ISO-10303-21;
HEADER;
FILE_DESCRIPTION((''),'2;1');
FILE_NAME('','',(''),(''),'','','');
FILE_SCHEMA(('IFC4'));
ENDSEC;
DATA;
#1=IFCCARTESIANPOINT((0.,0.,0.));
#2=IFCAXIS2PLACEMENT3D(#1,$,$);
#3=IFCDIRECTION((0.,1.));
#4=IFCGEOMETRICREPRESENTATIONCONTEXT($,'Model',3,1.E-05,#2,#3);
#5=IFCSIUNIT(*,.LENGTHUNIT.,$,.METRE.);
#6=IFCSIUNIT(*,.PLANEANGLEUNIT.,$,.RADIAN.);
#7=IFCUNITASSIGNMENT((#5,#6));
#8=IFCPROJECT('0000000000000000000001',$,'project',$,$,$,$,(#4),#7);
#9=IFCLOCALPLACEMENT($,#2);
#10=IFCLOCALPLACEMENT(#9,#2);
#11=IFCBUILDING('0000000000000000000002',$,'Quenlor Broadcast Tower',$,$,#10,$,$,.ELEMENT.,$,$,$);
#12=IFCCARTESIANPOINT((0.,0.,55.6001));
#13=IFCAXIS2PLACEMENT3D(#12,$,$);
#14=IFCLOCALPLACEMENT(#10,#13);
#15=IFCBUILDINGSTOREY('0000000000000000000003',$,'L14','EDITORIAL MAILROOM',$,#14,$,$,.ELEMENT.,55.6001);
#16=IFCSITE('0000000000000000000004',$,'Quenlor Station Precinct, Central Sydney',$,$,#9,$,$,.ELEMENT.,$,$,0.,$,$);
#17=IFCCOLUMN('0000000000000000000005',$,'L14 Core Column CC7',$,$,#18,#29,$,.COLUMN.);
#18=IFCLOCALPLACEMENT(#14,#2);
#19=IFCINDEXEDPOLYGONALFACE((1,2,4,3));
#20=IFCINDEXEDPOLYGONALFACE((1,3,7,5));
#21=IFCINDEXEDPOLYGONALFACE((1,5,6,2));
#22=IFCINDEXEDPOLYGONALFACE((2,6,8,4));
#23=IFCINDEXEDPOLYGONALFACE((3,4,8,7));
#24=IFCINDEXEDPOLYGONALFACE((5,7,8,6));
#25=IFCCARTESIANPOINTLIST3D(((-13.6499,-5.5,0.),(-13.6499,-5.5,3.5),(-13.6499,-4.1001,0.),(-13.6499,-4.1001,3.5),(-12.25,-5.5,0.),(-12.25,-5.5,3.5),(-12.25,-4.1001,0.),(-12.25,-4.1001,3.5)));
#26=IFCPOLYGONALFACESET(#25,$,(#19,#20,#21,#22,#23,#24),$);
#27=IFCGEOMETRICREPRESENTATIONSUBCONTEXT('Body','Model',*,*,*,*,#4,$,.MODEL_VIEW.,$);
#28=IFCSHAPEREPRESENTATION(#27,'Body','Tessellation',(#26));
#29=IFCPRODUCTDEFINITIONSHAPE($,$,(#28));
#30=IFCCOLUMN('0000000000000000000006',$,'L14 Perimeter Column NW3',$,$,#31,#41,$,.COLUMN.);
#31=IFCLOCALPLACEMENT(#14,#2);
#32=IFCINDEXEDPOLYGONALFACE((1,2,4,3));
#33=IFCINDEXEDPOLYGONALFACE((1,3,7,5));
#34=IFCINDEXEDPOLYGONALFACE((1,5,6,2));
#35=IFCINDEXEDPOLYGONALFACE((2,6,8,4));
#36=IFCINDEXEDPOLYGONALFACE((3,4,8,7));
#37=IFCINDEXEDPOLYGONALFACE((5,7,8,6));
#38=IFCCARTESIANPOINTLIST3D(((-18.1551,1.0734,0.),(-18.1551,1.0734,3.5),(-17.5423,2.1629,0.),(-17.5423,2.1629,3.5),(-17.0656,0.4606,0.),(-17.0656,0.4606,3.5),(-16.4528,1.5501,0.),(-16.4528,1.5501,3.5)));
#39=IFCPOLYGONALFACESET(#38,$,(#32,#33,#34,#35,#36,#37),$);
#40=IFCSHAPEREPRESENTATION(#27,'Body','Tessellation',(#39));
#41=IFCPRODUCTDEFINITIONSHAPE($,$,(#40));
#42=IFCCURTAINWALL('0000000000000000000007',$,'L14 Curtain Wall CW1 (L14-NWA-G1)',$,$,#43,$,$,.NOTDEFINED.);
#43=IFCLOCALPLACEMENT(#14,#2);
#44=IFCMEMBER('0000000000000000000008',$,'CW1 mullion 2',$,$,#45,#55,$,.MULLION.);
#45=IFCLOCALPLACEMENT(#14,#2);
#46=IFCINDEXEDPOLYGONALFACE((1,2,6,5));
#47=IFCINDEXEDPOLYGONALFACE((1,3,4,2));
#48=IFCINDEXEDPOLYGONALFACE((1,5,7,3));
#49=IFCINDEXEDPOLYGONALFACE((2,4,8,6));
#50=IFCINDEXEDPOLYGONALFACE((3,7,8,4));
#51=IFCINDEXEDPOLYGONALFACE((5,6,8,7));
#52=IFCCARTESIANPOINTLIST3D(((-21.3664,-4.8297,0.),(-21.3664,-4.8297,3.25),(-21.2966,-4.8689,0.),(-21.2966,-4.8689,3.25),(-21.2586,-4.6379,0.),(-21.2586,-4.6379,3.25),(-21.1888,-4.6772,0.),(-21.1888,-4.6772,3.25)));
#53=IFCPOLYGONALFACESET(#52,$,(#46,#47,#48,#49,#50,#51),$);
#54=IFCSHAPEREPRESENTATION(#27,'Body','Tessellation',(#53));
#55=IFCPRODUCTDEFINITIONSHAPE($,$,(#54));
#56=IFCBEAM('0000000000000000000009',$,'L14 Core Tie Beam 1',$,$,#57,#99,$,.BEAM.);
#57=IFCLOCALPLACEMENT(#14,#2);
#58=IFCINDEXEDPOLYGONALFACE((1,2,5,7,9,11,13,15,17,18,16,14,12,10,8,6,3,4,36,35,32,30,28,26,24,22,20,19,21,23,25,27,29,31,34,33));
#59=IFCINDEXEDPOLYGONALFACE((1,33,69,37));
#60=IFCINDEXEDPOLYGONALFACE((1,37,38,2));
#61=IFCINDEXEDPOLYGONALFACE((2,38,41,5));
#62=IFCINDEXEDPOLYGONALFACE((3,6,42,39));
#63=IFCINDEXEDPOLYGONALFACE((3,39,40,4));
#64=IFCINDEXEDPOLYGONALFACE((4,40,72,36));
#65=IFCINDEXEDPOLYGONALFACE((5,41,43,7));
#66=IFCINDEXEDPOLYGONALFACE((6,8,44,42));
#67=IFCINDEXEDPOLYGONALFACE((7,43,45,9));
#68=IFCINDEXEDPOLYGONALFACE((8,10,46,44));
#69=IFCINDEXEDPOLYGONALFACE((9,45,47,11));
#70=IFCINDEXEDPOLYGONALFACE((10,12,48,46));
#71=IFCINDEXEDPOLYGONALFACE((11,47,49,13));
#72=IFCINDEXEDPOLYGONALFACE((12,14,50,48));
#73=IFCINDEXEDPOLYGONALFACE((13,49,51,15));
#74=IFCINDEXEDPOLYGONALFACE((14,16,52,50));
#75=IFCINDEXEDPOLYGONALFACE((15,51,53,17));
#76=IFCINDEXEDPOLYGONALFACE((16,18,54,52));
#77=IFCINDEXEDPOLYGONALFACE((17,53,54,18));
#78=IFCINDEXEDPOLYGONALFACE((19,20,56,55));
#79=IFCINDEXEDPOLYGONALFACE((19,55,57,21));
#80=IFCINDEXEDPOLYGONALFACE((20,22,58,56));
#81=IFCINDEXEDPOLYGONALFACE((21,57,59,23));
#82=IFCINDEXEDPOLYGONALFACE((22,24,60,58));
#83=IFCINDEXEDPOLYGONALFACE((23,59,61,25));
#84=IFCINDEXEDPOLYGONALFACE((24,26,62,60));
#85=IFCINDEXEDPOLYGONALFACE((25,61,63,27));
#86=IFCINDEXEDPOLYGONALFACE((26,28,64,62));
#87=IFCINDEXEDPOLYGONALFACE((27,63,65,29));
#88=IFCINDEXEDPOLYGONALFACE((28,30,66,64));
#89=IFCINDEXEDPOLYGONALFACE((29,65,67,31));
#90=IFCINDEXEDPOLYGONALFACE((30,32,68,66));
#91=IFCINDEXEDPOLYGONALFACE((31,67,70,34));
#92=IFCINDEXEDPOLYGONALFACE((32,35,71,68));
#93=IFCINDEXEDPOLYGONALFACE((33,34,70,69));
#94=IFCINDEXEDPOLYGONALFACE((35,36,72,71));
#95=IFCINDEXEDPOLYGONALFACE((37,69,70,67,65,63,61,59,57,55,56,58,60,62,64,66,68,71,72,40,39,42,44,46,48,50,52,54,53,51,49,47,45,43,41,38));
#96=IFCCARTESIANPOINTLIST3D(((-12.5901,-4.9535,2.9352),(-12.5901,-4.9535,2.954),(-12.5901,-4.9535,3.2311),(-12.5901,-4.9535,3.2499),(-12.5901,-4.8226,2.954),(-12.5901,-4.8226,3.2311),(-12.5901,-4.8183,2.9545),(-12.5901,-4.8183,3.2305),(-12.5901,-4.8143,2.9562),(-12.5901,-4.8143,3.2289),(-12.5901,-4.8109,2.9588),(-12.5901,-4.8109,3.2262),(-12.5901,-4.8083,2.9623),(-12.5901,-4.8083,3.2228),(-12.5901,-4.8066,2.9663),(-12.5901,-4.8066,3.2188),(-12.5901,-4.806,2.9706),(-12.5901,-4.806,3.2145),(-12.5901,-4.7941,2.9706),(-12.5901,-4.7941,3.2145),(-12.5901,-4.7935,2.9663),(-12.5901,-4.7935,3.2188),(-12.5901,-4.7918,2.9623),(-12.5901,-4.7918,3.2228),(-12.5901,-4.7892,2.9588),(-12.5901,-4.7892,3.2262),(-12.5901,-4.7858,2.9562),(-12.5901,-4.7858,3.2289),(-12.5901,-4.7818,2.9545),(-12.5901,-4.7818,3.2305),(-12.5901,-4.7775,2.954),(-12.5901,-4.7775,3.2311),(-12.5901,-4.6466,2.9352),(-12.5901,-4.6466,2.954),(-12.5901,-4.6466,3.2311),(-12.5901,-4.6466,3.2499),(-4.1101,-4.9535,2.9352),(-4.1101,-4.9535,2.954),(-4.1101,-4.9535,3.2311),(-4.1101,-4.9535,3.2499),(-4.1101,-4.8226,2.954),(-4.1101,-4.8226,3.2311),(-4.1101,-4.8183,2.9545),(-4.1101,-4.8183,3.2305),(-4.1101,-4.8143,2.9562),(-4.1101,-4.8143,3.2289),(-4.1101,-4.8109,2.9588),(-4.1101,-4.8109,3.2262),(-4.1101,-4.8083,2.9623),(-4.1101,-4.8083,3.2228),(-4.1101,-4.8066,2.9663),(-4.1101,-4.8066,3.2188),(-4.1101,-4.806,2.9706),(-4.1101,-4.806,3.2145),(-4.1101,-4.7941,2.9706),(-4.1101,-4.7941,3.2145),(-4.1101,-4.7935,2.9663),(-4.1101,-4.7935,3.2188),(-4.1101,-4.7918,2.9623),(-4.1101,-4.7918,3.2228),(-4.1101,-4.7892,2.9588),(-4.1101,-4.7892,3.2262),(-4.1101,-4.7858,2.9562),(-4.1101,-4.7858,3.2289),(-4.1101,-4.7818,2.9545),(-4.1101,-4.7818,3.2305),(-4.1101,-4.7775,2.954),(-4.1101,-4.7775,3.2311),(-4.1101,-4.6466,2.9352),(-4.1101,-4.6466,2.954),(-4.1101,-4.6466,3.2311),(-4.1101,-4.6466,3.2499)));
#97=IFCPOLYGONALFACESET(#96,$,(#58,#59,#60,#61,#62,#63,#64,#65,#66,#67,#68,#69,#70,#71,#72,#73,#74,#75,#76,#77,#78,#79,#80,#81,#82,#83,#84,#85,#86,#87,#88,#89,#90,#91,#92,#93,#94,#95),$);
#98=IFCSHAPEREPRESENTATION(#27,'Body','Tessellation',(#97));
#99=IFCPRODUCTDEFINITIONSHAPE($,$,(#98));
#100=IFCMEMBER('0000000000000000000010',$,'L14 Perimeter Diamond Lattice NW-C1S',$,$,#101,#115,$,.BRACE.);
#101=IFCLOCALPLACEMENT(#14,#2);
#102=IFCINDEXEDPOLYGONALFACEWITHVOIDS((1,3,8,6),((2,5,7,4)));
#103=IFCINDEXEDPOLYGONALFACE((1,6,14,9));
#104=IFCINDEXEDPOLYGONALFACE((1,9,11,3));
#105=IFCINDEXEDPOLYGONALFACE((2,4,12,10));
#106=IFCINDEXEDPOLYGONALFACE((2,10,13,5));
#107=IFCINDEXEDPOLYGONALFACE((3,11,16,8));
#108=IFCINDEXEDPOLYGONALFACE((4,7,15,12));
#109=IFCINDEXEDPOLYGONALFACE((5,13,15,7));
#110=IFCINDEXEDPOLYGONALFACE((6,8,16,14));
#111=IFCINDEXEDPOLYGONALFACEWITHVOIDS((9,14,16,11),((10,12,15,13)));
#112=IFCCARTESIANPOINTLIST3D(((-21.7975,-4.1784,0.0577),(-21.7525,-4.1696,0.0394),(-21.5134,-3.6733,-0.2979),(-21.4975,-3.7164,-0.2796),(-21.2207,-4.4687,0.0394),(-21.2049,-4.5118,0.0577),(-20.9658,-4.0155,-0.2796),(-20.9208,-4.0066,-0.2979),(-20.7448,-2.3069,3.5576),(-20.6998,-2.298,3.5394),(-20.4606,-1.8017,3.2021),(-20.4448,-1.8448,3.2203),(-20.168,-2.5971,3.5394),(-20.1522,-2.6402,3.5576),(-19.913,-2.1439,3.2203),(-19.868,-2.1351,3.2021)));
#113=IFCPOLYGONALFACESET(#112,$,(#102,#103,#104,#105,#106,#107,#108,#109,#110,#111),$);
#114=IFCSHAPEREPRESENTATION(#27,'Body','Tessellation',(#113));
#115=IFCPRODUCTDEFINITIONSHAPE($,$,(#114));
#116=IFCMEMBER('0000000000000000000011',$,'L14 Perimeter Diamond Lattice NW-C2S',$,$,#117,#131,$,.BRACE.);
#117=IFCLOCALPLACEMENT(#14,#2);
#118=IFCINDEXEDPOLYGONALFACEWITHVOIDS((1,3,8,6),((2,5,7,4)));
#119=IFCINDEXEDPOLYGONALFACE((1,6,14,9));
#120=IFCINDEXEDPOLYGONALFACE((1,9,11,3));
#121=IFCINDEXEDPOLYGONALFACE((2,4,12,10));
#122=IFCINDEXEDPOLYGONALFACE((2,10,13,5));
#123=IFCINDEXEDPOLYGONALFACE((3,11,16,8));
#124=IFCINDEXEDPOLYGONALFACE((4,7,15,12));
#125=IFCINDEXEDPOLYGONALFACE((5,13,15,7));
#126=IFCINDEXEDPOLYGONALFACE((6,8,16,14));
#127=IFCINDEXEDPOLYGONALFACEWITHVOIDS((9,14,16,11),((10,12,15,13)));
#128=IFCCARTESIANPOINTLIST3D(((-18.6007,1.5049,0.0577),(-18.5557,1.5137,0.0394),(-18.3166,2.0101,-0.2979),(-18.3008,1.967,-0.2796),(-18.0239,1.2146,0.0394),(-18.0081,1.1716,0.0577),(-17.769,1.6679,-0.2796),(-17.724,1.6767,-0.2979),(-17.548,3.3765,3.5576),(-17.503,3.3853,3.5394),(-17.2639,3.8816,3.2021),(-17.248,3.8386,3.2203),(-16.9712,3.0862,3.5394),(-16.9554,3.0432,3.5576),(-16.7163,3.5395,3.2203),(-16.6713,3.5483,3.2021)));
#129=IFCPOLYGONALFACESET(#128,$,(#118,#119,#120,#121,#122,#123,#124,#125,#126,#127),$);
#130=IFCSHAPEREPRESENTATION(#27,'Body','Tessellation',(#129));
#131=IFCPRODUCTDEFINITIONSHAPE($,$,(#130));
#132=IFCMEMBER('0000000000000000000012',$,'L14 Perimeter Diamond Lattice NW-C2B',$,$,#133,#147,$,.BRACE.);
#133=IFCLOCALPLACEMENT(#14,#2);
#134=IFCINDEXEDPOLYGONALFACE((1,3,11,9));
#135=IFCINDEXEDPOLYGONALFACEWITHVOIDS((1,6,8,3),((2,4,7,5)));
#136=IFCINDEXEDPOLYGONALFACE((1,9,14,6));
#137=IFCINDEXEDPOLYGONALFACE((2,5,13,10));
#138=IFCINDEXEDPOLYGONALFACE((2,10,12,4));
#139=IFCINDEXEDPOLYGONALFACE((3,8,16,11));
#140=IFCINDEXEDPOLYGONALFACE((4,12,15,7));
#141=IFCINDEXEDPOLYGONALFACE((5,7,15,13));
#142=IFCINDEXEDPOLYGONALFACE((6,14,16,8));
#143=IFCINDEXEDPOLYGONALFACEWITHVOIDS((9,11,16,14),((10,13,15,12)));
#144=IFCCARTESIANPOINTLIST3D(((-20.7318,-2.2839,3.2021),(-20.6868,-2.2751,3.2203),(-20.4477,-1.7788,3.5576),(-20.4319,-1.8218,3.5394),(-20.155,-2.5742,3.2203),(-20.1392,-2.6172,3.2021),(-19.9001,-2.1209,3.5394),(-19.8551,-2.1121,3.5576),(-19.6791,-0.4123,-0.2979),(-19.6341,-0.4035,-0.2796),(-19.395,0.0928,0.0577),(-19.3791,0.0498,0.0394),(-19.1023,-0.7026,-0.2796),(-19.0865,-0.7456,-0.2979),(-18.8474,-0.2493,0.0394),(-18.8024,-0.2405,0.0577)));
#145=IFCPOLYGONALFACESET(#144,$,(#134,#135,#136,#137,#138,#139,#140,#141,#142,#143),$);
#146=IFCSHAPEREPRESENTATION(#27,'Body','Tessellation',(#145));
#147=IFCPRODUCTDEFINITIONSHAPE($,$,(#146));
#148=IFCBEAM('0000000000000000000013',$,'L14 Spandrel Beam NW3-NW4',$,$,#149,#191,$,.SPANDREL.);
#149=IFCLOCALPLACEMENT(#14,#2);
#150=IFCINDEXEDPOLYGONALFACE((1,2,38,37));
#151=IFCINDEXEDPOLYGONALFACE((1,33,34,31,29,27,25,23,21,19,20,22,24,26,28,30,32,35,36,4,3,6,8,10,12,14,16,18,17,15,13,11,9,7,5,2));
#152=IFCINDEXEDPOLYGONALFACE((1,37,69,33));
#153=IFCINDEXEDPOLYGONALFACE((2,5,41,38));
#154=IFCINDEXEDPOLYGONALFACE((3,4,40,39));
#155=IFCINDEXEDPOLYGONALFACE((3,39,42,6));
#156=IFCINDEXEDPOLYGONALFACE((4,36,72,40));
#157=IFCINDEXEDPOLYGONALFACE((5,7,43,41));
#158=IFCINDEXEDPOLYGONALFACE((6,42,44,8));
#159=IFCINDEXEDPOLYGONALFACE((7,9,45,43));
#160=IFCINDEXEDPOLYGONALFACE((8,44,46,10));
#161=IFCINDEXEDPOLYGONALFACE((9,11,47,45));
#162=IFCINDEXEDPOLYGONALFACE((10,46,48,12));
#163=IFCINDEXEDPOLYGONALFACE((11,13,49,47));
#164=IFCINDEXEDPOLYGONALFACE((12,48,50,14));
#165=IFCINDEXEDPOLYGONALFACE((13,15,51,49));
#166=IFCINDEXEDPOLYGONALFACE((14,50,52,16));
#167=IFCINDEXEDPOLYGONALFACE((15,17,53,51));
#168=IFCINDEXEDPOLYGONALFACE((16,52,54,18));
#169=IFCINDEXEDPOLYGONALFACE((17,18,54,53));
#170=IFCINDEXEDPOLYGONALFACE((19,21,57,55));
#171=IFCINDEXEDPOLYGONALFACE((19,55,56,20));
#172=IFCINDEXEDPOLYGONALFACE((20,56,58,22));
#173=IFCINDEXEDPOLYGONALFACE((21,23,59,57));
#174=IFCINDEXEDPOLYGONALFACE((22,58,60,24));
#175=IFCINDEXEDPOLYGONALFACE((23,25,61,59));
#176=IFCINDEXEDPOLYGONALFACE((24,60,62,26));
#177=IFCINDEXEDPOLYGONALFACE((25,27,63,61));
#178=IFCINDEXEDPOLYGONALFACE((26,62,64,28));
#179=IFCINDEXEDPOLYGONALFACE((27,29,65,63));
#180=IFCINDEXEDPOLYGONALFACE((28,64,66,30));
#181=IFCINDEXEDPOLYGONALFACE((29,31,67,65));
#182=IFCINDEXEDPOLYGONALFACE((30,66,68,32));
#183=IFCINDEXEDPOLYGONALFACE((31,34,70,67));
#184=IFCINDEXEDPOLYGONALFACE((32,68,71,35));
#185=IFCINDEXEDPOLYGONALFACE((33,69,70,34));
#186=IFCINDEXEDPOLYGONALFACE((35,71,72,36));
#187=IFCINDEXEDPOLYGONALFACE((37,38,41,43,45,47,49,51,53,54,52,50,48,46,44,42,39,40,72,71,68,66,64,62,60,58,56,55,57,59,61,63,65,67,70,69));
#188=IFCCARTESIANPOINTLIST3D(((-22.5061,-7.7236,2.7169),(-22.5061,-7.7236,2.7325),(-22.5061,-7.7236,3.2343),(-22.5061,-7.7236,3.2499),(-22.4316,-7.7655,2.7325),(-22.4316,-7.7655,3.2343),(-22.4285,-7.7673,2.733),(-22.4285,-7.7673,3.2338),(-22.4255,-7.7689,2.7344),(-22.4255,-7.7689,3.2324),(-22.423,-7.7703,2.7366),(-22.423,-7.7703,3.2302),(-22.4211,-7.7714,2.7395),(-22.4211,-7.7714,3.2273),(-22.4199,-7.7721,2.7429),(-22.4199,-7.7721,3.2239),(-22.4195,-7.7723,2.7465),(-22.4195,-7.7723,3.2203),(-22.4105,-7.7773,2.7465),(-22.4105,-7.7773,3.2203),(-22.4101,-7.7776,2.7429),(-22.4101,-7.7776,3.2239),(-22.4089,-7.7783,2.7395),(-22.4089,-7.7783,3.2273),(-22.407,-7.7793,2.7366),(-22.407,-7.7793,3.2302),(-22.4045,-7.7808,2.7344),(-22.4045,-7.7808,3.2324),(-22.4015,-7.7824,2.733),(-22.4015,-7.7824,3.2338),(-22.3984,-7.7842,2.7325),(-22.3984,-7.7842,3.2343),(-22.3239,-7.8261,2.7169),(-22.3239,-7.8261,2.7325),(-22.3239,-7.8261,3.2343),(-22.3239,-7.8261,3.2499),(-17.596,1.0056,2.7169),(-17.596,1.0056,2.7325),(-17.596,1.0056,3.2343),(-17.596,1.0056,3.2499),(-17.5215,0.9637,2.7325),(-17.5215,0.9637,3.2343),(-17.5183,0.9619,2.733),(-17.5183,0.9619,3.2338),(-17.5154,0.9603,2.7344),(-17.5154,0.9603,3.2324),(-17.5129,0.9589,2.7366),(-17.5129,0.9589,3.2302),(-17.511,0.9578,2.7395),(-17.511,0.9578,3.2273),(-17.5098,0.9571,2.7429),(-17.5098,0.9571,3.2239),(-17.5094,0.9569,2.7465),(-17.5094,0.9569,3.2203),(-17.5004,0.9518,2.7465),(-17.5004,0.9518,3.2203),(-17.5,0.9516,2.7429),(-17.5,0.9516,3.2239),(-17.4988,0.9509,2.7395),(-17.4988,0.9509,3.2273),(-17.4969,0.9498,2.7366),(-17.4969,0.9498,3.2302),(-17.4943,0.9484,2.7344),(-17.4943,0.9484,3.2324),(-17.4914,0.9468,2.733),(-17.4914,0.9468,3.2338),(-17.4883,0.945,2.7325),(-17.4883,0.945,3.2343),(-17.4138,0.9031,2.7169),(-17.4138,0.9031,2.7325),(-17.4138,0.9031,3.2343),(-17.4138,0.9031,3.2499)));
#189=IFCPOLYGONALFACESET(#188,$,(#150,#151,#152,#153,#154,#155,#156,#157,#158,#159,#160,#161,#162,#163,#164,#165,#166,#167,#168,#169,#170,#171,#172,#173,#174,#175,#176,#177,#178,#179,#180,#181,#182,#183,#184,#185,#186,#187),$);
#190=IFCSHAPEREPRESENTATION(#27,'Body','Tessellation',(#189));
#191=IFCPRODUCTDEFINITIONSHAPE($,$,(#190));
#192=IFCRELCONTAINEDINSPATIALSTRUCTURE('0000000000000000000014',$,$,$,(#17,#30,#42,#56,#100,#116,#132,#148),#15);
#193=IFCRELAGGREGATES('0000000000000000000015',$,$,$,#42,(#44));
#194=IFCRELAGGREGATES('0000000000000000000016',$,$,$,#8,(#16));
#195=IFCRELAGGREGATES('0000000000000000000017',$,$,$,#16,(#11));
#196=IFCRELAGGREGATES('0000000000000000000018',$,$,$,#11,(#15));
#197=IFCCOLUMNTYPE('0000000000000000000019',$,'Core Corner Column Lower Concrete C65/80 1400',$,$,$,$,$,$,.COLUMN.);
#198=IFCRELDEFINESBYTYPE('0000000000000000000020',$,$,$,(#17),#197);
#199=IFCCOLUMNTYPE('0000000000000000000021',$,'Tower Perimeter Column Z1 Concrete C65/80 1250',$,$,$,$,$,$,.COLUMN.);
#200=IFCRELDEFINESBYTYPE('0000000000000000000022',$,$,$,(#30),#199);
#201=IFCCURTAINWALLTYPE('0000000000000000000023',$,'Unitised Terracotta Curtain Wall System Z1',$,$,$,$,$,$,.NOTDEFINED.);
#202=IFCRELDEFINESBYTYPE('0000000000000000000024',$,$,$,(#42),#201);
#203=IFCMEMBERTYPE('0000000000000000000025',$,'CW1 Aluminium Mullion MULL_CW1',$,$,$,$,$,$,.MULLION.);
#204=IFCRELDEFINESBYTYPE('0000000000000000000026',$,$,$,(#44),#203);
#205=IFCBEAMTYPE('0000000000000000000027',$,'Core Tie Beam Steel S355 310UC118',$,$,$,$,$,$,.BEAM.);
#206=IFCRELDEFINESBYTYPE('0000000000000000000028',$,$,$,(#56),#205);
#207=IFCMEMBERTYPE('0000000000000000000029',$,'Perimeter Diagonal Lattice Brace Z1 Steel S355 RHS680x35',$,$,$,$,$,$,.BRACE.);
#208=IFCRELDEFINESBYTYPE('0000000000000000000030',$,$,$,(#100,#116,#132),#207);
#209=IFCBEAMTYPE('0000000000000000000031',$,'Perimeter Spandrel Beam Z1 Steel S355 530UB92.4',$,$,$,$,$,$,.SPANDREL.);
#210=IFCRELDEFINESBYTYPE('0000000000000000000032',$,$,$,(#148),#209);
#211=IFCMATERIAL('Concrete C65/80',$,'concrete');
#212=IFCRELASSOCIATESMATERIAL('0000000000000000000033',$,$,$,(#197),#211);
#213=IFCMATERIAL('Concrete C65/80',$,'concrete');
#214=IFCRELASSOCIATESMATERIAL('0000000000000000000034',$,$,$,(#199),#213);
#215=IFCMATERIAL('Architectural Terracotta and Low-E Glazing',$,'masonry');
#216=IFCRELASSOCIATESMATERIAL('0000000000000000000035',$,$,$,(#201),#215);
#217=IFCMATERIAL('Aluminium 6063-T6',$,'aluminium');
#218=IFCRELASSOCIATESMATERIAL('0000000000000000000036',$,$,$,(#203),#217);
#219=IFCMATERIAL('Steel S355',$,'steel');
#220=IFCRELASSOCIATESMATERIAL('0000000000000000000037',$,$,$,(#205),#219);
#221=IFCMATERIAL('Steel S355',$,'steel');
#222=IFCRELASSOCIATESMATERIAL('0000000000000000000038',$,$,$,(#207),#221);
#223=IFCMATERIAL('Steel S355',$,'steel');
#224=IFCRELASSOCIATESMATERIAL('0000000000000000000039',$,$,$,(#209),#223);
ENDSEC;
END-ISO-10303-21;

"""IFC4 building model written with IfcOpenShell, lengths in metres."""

from ifc_helpers import new_model, si_unit, direction, frame, origin, origin_2d, place, context, subcontext, project, spatial, rectangle, hollow_rectangle, i_section, extrude, material, material_profile, profile_set, type_object, element, aggregate, save


model = new_model("IFC4")

# Units and contexts
model_context = context("Model", 3, precision=1e-05, world=origin(), true_north=direction((0.0, 1.0)))
body_context = subcontext(model_context, "Body", "Model", "MODEL_VIEW")
ifc_project = project(units=[si_unit("LENGTHUNIT", "METRE"), si_unit("PLANEANGLEUNIT", "RADIAN")], contexts=[model_context])

# Site, building, storey
site_placement = place(None, origin())
site = spatial("IfcSite", under=ifc_project, at=site_placement, Name="Quenlor Station Precinct, Central Sydney", CompositionType="ELEMENT", RefElevation=0.0)
building_placement = place(site_placement, origin())
building = spatial("IfcBuilding", under=site, at=building_placement, Name="Quenlor Broadcast Tower", CompositionType="ELEMENT")
storey_placement = place(building_placement, frame((0.0, 0.0, 55.6001)))
storey = spatial("IfcBuildingStorey", under=building, at=storey_placement, Name="L14", Description="EDITORIAL MAILROOM", CompositionType="ELEMENT", Elevation=55.6001)

# Columns
ifc_material_1 = material(Name="Concrete C65/80", Category="concrete")
ifc_material_profile_1 = material_profile(ifc_material_1, rectangle(XDim=1.3999, YDim=1.3999, at=origin_2d()))
ifc_profile_set_1 = profile_set([ifc_material_profile_1], Name="Concrete C65/80 RC1400x1400")
column_type_1 = type_object("IfcColumnType", Name="Core Corner Column Lower Concrete C65/80 1400", PredefinedType="COLUMN", material=ifc_profile_set_1)
column_1_placement = place(storey_placement, frame((-12.95, -4.8, 0.0), z_axis=(0.0, 0.0, 1.0), x_axis=(1.0, 0.0, 0.0)))
element("IfcColumn", 1, at=column_1_placement, inside=storey, type_object=column_type_1, Name="L14 Core Column CC7", PredefinedType="COLUMN", context=body_context, shape_type="SweptSolid", body=[
    extrude(rectangle(XDim=1.3999, YDim=1.3999, at=origin_2d()), origin(), (0.0, 0.0, 1.0), 3.5),
])
ifc_material_2 = material(Name="Concrete C65/80", Category="concrete")
ifc_material_profile_2 = material_profile(ifc_material_2, rectangle(XDim=1.25, YDim=1.25, at=origin_2d()))
ifc_profile_set_2 = profile_set([ifc_material_profile_2], Name="Concrete C65/80 RC1250x1250")
column_type_2 = type_object("IfcColumnType", Name="Tower Perimeter Column Z1 Concrete C65/80 1250", PredefinedType="COLUMN", material=ifc_profile_set_2)
column_2_placement = place(storey_placement, frame((-17.304, 1.3118, 0.0), z_axis=(0.0, 0.0, 1.0), x_axis=(-0.871575, 0.490262, 0.0)))
element("IfcColumn", 2, at=column_2_placement, inside=storey, type_object=column_type_2, Name="L14 Perimeter Column NW3", PredefinedType="COLUMN", context=body_context, shape_type="SweptSolid", body=[
    extrude(rectangle(XDim=1.25, YDim=1.25, at=origin_2d()), origin(), (0.0, 0.0, 1.0), 3.5),
])

# Curtain wall, member
ifc_material_3 = material(Name="Architectural Terracotta and Low-E Glazing", Category="masonry")
curtain_wall_type = type_object("IfcCurtainWallType", Name="Unitised Terracotta Curtain Wall System Z1", PredefinedType="NOTDEFINED", material=ifc_material_3)
curtain_wall_placement = place(storey_placement, origin())
curtain_wall = element("IfcCurtainWall", 3, at=curtain_wall_placement, inside=storey, type_object=curtain_wall_type, Name="L14 Curtain Wall CW1 (L14-NWA-G1)", PredefinedType="NOTDEFINED")
ifc_material_4 = material(Name="Aluminium 6063-T6", Category="aluminium")
ifc_material_profile_3 = material_profile(ifc_material_4, rectangle(XDim=0.0801, YDim=0.22, at=origin_2d()))
ifc_profile_set_3 = profile_set([ifc_material_profile_3], Name="Aluminium 6063-T6 MULL80x220")
member_type_1 = type_object("IfcMemberType", Name="CW1 Aluminium Mullion MULL_CW1", PredefinedType="MULLION", material=ifc_profile_set_3)
member_placement = place(storey_placement, frame((-21.2776, -4.7534, 0.0), z_axis=(0.0, 0.0, 1.0), x_axis=(-0.871602, 0.490214, 0.0)))
member = element("IfcMember", 4, at=member_placement, type_object=member_type_1, Name="CW1 mullion 2", PredefinedType="MULLION", context=body_context, shape_type="SweptSolid", body=[
    extrude(rectangle(XDim=0.0801, YDim=0.22, at=origin_2d()), origin(), (0.0, 0.0, 1.0), 3.25),
])
aggregate(curtain_wall, [member])

# Beam
ifc_material_5 = material(Name="Steel S355", Category="steel")
ifc_material_profile_4 = material_profile(ifc_material_5, i_section(OverallWidth=0.3069, OverallDepth=0.3147, WebThickness=0.012, FlangeThickness=0.0188, FilletRadius=0.0166, at=origin_2d()))
ifc_profile_set_4 = profile_set([ifc_material_profile_4], Name="Steel S355 310UC118")
beam_type_1 = type_object("IfcBeamType", Name="Core Tie Beam Steel S355 310UC118", PredefinedType="BEAM", material=ifc_profile_set_4)
beam_1_placement = place(storey_placement, frame((-12.5901, -4.8, 3.0925), z_axis=(1.0, 0.0, 0.0), x_axis=(0.0, 1.0, 0.0)))
element("IfcBeam", 5, at=beam_1_placement, inside=storey, type_object=beam_type_1, Name="L14 Core Tie Beam 1", PredefinedType="BEAM", context=body_context, shape_type="SweptSolid", body=[
    extrude(i_section(OverallWidth=0.3069, OverallDepth=0.3147, WebThickness=0.012, FlangeThickness=0.0188, FilletRadius=0.0166, at=origin_2d()), origin(), (0.0, 0.0, 1.0), 8.48),
])

# Members
ifc_material_6 = material(Name="Steel S355", Category="steel")
ifc_material_profile_5 = material_profile(ifc_material_6, hollow_rectangle(XDim=0.6799, YDim=0.6799, WallThickness=0.0349, at=origin_2d()))
ifc_profile_set_5 = profile_set([ifc_material_profile_5], Name="Steel S355 RHS680x680x35")
member_type_2 = type_object("IfcMemberType", Name="Perimeter Diagonal Lattice Brace Z1 Steel S355 RHS680x35", PredefinedType="BRACE", material=ifc_profile_set_5)
for number, where, z_axis, x_axis, name in (
    (6, (-21.3591, -4.0925, -0.1201), (0.256375, 0.455792, 0.852365), (-0.871582, 0.49025, 0.0), "L14 Perimeter Diamond Lattice NW-C1S"),
    (7, (-18.1624, 1.5908, -0.1201), (0.256375, 0.455792, 0.852365), (-0.871582, 0.49025, 0.0), "L14 Perimeter Diamond Lattice NW-C2S"),
    (8, (-19.2407, -0.3264, -0.1201), (-0.256375, -0.455792, 0.852365), (0.871582, -0.49025, 0.0), "L14 Perimeter Diamond Lattice NW-C2B"),
):
    element("IfcMember", number, at=place(storey_placement, frame(where, z_axis=z_axis, x_axis=x_axis)), inside=storey, type_object=member_type_2, Name=name, PredefinedType="BRACE", context=body_context, shape_type="SweptSolid", body=[
        extrude(hollow_rectangle(XDim=0.6799, YDim=0.6799, WallThickness=0.0349, at=origin_2d()), origin(), (0.0, 0.0, 1.0), 4.1062),
    ])

# Beam
ifc_material_7 = material(Name="Steel S355", Category="steel")
ifc_material_profile_6 = material_profile(ifc_material_7, i_section(OverallWidth=0.209, OverallDepth=0.533, WebThickness=0.0103, FlangeThickness=0.0156, FilletRadius=0.0139, at=origin_2d()))
ifc_profile_set_6 = profile_set([ifc_material_profile_6], Name="Steel S355 530UB92.4")
beam_type_2 = type_object("IfcBeamType", Name="Perimeter Spandrel Beam Z1 Steel S355 530UB92.4", PredefinedType="SPANDREL", material=ifc_profile_set_6)
beam_2_placement = place(storey_placement, frame((-17.5049, 0.9543, 2.9834), z_axis=(-0.490258, -0.871577, 0.0), x_axis=(0.871577, -0.490258, 0.0)))
element("IfcBeam", 9, at=beam_2_placement, inside=storey, type_object=beam_type_2, Name="L14 Spandrel Beam NW3-NW4", PredefinedType="SPANDREL", context=body_context, shape_type="SweptSolid", body=[
    extrude(i_section(OverallWidth=0.209, OverallDepth=0.533, WebThickness=0.0103, FlangeThickness=0.0156, FilletRadius=0.0139, at=origin_2d()), origin(), (0.0, 0.0, 1.0), 10.0154),
])

save(model, "model.ifc")
